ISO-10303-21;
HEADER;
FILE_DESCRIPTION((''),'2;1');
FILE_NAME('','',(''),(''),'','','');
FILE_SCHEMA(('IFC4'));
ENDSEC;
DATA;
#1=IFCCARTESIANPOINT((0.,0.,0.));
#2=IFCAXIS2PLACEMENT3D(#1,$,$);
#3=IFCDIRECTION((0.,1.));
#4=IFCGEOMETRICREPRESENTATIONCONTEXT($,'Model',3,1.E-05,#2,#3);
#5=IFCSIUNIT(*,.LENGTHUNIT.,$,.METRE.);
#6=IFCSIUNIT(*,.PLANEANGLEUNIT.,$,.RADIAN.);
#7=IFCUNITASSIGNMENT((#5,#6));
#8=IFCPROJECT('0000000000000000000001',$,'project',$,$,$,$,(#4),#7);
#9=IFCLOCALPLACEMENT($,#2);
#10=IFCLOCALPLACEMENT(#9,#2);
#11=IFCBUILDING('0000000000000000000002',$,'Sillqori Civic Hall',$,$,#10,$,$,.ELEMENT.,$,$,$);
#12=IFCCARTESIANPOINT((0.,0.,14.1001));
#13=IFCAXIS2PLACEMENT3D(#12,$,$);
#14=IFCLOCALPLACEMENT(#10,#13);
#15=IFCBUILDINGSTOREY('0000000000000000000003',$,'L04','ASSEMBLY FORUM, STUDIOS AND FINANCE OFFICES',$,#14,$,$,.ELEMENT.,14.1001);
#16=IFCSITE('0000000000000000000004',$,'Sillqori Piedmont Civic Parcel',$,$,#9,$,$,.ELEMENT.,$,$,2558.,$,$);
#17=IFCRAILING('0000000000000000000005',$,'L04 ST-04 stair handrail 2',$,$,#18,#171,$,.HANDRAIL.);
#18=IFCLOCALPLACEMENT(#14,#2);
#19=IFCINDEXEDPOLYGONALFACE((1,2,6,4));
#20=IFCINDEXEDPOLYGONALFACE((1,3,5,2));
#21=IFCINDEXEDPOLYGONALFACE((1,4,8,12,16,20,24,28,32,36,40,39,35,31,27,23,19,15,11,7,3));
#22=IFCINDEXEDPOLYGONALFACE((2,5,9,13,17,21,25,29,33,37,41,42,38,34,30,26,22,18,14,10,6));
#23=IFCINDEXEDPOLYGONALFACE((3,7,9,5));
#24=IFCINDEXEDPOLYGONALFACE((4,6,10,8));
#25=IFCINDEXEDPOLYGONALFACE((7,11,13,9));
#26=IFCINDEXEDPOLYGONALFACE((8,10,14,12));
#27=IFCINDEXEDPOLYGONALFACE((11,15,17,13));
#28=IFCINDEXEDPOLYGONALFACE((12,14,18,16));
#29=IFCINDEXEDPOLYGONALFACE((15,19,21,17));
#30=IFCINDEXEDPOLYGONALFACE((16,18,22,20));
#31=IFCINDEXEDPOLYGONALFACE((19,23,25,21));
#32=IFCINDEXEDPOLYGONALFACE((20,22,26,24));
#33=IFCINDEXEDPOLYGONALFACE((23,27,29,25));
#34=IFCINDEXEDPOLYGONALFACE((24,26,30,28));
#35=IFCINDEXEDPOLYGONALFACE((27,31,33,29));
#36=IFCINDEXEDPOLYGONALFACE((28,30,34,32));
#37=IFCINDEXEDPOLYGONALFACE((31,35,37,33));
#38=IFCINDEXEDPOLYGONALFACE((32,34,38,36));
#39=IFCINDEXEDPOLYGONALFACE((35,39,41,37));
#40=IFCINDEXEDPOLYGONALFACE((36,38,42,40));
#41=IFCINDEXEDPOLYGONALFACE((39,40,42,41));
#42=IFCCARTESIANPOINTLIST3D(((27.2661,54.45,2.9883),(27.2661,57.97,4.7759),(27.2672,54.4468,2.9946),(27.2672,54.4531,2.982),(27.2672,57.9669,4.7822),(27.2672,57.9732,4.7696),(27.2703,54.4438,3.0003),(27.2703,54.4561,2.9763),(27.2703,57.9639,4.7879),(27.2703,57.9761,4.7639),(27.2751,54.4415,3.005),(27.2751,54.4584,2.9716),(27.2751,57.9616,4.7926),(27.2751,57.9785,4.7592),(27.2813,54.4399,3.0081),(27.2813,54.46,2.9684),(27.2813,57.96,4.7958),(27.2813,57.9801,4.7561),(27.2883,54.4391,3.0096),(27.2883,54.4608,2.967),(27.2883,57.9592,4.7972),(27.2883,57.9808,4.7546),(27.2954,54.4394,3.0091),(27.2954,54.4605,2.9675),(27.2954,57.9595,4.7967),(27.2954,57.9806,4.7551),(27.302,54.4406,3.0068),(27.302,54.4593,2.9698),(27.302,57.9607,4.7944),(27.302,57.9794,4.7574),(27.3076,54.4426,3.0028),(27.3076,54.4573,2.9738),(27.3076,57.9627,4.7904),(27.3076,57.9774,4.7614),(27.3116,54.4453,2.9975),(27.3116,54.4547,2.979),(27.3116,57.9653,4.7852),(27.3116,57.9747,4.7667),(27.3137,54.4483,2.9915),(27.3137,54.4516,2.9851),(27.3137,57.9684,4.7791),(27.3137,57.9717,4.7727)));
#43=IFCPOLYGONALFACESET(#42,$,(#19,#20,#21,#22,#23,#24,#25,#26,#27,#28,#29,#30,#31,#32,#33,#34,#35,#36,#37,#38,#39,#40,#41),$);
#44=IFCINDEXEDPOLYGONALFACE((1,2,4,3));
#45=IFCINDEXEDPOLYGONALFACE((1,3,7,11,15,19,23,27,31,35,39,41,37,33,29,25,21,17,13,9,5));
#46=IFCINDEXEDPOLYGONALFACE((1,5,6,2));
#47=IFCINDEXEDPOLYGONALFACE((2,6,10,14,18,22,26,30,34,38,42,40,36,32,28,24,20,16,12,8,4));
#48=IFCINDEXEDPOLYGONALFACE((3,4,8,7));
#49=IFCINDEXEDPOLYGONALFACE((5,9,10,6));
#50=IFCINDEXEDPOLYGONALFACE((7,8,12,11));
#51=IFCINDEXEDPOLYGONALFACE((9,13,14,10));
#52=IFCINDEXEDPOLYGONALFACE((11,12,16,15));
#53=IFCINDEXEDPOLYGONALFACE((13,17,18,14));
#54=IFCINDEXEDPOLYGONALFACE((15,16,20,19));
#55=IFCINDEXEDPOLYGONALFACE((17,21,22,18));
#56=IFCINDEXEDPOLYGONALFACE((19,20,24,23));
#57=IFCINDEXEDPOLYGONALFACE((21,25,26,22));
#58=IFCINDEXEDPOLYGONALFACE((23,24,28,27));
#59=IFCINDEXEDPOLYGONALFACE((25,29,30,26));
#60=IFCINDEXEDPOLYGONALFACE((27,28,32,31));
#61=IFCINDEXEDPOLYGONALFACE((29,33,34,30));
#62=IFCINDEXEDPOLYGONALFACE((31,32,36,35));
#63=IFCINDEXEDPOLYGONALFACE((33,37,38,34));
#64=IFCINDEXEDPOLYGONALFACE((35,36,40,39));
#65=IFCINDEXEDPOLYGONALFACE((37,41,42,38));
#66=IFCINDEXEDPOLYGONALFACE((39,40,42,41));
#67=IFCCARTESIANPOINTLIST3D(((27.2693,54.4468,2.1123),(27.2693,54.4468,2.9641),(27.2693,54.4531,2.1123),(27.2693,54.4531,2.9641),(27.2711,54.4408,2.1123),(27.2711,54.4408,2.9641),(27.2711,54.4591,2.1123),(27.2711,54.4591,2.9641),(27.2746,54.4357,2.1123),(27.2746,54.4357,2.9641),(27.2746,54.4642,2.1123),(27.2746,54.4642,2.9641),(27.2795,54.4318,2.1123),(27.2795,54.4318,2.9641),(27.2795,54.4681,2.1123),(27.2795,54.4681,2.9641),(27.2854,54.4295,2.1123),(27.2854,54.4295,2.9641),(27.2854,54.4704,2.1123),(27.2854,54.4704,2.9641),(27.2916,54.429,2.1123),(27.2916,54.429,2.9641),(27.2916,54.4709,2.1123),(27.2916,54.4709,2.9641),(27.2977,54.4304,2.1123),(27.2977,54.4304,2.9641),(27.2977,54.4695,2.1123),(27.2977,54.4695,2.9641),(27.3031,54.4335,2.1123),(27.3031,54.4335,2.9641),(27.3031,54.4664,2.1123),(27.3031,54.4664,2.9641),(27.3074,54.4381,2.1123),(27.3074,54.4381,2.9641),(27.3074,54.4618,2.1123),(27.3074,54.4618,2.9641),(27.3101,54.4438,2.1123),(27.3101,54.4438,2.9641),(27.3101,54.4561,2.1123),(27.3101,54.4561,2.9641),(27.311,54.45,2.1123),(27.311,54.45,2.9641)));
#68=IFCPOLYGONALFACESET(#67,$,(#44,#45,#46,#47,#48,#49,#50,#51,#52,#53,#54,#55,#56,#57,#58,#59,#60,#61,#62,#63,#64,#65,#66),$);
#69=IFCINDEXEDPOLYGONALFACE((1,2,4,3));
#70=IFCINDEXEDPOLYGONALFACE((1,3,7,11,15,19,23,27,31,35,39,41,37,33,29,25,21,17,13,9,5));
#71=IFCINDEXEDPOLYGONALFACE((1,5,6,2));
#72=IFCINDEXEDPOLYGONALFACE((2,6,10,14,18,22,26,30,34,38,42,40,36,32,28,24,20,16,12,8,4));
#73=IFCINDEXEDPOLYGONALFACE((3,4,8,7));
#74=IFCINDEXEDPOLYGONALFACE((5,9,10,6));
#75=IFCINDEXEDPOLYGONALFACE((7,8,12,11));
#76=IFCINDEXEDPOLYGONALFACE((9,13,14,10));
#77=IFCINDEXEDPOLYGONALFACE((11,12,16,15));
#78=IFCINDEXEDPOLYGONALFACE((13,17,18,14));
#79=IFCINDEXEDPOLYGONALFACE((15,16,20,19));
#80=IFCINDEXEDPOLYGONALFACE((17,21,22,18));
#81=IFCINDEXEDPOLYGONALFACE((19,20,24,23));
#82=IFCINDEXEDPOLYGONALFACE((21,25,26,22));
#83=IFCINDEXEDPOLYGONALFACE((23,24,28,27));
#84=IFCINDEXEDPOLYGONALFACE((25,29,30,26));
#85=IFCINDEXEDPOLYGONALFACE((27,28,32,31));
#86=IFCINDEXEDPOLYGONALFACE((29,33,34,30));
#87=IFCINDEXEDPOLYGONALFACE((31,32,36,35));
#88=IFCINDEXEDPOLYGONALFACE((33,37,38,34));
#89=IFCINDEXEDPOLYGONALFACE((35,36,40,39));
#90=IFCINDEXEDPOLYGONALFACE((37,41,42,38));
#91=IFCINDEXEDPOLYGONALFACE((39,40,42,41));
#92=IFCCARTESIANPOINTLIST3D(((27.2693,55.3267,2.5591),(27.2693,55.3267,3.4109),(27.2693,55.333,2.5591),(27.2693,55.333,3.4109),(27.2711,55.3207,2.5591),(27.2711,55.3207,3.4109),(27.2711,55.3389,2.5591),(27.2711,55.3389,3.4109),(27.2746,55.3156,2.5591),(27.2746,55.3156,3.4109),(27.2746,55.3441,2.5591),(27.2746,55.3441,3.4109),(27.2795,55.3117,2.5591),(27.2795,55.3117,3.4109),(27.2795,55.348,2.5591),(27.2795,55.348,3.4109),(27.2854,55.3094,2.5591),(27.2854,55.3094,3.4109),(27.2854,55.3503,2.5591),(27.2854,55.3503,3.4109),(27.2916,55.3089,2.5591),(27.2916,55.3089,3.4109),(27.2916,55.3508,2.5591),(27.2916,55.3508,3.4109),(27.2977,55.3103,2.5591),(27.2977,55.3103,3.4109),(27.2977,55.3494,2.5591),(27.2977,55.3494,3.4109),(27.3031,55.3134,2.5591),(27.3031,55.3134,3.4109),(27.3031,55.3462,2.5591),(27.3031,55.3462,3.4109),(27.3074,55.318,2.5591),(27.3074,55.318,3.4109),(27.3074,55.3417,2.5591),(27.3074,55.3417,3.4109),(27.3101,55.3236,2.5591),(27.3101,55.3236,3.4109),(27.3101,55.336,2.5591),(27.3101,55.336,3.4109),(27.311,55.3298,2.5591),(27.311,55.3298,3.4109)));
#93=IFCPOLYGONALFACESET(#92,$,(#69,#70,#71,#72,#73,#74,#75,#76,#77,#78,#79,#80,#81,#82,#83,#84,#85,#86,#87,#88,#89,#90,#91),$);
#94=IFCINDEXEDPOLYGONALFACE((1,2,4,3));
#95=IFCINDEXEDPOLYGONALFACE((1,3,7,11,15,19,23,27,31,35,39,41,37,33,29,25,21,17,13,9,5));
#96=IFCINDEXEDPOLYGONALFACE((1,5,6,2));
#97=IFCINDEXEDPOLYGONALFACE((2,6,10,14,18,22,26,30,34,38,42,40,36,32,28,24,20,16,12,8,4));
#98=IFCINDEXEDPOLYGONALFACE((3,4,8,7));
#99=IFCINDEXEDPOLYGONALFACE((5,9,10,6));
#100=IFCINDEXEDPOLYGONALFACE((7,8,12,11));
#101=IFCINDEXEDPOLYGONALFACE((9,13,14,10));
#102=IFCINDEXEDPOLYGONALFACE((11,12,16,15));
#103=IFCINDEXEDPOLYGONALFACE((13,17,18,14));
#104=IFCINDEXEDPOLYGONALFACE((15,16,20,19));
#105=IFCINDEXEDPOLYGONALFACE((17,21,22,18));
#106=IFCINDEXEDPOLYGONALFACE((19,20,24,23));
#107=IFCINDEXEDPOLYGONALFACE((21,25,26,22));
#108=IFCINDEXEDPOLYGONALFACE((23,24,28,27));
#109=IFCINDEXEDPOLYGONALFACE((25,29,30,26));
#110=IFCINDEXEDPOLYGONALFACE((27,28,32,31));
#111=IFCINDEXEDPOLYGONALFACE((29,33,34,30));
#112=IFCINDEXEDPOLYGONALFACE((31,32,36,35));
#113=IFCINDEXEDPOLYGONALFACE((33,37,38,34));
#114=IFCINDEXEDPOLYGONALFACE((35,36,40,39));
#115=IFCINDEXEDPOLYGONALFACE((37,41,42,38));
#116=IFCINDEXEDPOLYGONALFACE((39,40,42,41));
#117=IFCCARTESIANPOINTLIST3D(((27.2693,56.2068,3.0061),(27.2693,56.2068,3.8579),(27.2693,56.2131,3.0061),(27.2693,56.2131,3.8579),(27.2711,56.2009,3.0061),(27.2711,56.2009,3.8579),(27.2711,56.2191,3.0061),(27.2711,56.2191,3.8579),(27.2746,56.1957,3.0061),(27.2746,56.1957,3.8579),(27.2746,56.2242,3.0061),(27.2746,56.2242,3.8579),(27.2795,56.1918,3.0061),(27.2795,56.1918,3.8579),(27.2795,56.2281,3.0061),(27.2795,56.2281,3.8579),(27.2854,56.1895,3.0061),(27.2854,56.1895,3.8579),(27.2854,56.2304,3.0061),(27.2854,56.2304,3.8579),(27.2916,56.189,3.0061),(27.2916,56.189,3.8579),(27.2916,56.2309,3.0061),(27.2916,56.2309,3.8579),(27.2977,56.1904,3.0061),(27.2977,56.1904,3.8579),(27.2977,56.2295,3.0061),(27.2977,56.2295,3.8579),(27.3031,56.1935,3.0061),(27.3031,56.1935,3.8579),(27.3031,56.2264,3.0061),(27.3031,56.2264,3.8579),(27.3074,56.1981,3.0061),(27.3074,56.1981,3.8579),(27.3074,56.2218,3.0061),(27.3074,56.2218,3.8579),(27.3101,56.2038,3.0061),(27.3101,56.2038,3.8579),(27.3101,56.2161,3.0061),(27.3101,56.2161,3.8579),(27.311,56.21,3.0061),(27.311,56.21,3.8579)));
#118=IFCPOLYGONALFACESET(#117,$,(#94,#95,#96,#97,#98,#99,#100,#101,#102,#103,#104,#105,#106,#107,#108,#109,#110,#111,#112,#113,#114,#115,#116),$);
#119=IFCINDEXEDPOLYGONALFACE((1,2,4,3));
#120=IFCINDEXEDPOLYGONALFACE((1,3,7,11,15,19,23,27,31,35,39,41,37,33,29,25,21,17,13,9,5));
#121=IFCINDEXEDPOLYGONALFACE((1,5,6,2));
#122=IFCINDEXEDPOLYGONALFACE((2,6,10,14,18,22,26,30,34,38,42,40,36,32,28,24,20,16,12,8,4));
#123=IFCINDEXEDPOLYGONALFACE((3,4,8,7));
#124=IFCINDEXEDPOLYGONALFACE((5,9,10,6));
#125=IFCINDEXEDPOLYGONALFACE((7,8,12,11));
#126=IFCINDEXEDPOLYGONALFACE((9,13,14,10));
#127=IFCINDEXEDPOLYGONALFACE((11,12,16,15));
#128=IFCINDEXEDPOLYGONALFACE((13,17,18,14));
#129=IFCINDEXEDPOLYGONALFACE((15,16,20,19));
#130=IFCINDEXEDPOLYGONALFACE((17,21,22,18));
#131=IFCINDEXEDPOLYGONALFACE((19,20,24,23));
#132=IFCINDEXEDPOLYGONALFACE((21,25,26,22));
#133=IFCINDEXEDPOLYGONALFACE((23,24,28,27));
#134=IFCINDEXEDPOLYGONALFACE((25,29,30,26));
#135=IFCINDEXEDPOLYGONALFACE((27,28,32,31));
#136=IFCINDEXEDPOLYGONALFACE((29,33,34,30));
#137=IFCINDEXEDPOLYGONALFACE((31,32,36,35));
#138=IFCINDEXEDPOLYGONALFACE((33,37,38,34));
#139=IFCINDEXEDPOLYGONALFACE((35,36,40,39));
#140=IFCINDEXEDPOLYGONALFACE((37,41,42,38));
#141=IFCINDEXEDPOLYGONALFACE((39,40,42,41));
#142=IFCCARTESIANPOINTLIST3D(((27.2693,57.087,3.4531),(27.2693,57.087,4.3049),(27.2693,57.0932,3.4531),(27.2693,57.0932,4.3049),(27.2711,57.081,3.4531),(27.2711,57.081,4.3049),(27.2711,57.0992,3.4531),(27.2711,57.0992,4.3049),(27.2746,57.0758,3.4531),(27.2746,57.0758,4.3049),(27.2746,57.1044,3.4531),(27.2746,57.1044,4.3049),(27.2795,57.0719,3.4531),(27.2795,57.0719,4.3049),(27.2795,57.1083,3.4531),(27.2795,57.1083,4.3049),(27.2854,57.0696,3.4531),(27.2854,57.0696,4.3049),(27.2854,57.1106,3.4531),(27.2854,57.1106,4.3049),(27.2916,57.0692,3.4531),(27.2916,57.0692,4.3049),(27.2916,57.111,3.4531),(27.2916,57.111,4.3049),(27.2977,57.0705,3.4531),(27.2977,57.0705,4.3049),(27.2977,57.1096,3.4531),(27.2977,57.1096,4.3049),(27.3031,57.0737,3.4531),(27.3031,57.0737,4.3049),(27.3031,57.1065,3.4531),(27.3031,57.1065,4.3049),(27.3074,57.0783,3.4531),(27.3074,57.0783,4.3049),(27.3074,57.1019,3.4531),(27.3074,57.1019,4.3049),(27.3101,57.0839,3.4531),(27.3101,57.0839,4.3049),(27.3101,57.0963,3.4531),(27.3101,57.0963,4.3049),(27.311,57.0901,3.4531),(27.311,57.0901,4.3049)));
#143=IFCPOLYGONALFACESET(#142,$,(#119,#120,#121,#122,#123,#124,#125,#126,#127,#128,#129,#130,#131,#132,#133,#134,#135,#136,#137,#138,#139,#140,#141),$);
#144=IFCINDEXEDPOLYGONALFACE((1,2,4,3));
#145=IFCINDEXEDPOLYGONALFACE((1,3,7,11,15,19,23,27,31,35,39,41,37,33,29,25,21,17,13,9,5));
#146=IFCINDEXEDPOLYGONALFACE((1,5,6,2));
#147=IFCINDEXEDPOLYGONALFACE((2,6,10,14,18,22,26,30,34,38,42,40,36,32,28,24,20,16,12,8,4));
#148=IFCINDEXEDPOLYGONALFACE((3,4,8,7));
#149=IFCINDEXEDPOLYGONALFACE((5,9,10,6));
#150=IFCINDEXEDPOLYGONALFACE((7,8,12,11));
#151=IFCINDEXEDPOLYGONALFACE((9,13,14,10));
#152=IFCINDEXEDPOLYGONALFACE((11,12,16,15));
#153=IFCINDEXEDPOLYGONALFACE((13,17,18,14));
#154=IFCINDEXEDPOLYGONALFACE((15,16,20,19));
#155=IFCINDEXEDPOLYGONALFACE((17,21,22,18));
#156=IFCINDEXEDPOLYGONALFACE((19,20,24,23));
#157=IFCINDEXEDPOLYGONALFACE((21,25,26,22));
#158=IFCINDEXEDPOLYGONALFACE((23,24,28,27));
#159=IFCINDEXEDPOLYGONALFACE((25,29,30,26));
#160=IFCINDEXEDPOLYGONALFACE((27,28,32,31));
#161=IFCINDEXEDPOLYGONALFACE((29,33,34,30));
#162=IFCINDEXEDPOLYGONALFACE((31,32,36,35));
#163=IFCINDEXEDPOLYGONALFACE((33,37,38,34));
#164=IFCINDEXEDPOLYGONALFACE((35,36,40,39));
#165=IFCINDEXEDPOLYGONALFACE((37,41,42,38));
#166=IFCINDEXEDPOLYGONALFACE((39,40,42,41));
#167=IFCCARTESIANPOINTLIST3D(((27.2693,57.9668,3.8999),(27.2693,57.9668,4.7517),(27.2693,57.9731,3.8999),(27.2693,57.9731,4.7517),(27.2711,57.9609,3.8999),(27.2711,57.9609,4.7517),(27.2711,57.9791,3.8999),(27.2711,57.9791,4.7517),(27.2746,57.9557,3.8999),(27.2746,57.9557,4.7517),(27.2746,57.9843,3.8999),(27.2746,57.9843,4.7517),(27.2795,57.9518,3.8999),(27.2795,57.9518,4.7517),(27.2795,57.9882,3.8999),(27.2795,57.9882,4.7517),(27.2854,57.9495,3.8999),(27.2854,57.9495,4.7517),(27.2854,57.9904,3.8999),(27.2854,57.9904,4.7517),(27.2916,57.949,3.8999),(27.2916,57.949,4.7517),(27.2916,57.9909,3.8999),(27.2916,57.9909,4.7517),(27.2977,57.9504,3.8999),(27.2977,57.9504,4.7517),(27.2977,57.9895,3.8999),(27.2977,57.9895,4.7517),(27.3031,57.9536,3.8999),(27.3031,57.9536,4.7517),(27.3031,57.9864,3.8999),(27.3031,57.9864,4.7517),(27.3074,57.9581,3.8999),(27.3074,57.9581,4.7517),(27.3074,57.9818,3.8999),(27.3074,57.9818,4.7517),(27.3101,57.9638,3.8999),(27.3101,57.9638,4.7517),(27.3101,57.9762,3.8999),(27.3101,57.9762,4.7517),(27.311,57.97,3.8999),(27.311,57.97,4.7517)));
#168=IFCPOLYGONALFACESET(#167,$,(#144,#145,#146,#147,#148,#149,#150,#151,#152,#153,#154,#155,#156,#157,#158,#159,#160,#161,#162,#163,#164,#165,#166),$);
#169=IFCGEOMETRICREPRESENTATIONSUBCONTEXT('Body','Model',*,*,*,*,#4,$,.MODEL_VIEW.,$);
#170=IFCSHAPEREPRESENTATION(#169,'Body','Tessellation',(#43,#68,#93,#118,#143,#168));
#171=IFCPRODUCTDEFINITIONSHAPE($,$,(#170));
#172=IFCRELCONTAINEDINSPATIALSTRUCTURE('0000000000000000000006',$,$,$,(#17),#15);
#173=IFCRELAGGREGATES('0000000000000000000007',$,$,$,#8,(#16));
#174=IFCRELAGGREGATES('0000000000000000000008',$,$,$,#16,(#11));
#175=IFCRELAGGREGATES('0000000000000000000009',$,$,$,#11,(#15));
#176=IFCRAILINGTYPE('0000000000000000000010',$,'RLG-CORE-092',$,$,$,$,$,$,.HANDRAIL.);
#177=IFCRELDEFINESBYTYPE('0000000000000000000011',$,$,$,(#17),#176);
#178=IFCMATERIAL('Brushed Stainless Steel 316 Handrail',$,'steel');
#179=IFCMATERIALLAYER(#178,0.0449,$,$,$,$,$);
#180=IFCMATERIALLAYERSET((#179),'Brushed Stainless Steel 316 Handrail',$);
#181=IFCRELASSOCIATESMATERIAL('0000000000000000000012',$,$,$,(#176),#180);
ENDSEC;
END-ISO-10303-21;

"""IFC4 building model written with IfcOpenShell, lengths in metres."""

from ifc_helpers import new_model, si_unit, direction, frame, origin, origin_2d, place, context, subcontext, project, spatial, circle, extrude, material, layer, layer_set, type_object, element, save


model = new_model("IFC4")

# Units and contexts
model_context = context("Model", 3, precision=1e-05, world=origin(), true_north=direction((0.0, 1.0)))
body_context = subcontext(model_context, "Body", "Model", "MODEL_VIEW")
ifc_project = project(units=[si_unit("LENGTHUNIT", "METRE"), si_unit("PLANEANGLEUNIT", "RADIAN")], contexts=[model_context])

# Site, building, storey
site_placement = place(None, origin())
site = spatial("IfcSite", under=ifc_project, at=site_placement, Name="Sillqori Piedmont Civic Parcel", CompositionType="ELEMENT", RefElevation=2558.0)
building_placement = place(site_placement, origin())
building = spatial("IfcBuilding", under=site, at=building_placement, Name="Sillqori Civic Hall", CompositionType="ELEMENT")
storey_placement = place(building_placement, frame((0.0, 0.0, 14.1001)))
storey = spatial("IfcBuildingStorey", under=building, at=storey_placement, Name="L04", Description="ASSEMBLY FORUM, STUDIOS AND FINANCE OFFICES", CompositionType="ELEMENT", Elevation=14.1001)

# Railing
ifc_material_1 = material(Name="Brushed Stainless Steel 316 Handrail", Category="steel")
ifc_layer_1 = layer(ifc_material_1, 0.0449)
ifc_layer_set_1 = layer_set([ifc_layer_1], Name="Brushed Stainless Steel 316 Handrail")
railing_type_1 = type_object("IfcRailingType", Name="RLG-CORE-092", PredefinedType="HANDRAIL", material=ifc_layer_set_1)
railing_1_placement = place(storey_placement, frame((27.29, 54.45, 2.1123)))
element("IfcRailing", 1, at=railing_1_placement, inside=storey, type_object=railing_type_1, Name="L04 ST-04 stair handrail 2", PredefinedType="HANDRAIL", context=body_context, shape_type="SweptSolid", body=[
    extrude(circle(Radius=0.0239, at=origin_2d()), frame((0.0, 0.0, 0.876), z_axis=(0.0, 0.891615, 0.452795), x_axis=(-1.0, 0.0, 0.0)), (0.0, 0.0, 1.0), 3.948),
    extrude(circle(Radius=0.021, at=origin_2d()), origin(), (0.0, 0.0, 1.0), 0.8518),
    extrude(circle(Radius=0.021, at=origin_2d()), frame((0.0, 0.8799, 0.4468)), (0.0, 0.0, 1.0), 0.8518),
    extrude(circle(Radius=0.021, at=origin_2d()), frame((0.0, 1.76, 0.8938)), (0.0, 0.0, 1.0), 0.8518),
    extrude(circle(Radius=0.021, at=origin_2d()), frame((0.0, 2.6401, 1.3408)), (0.0, 0.0, 1.0), 0.8518),
    extrude(circle(Radius=0.021, at=origin_2d()), frame((0.0, 3.52, 1.7876)), (0.0, 0.0, 1.0), 0.8518),
])

save(model, "model.ifc")
